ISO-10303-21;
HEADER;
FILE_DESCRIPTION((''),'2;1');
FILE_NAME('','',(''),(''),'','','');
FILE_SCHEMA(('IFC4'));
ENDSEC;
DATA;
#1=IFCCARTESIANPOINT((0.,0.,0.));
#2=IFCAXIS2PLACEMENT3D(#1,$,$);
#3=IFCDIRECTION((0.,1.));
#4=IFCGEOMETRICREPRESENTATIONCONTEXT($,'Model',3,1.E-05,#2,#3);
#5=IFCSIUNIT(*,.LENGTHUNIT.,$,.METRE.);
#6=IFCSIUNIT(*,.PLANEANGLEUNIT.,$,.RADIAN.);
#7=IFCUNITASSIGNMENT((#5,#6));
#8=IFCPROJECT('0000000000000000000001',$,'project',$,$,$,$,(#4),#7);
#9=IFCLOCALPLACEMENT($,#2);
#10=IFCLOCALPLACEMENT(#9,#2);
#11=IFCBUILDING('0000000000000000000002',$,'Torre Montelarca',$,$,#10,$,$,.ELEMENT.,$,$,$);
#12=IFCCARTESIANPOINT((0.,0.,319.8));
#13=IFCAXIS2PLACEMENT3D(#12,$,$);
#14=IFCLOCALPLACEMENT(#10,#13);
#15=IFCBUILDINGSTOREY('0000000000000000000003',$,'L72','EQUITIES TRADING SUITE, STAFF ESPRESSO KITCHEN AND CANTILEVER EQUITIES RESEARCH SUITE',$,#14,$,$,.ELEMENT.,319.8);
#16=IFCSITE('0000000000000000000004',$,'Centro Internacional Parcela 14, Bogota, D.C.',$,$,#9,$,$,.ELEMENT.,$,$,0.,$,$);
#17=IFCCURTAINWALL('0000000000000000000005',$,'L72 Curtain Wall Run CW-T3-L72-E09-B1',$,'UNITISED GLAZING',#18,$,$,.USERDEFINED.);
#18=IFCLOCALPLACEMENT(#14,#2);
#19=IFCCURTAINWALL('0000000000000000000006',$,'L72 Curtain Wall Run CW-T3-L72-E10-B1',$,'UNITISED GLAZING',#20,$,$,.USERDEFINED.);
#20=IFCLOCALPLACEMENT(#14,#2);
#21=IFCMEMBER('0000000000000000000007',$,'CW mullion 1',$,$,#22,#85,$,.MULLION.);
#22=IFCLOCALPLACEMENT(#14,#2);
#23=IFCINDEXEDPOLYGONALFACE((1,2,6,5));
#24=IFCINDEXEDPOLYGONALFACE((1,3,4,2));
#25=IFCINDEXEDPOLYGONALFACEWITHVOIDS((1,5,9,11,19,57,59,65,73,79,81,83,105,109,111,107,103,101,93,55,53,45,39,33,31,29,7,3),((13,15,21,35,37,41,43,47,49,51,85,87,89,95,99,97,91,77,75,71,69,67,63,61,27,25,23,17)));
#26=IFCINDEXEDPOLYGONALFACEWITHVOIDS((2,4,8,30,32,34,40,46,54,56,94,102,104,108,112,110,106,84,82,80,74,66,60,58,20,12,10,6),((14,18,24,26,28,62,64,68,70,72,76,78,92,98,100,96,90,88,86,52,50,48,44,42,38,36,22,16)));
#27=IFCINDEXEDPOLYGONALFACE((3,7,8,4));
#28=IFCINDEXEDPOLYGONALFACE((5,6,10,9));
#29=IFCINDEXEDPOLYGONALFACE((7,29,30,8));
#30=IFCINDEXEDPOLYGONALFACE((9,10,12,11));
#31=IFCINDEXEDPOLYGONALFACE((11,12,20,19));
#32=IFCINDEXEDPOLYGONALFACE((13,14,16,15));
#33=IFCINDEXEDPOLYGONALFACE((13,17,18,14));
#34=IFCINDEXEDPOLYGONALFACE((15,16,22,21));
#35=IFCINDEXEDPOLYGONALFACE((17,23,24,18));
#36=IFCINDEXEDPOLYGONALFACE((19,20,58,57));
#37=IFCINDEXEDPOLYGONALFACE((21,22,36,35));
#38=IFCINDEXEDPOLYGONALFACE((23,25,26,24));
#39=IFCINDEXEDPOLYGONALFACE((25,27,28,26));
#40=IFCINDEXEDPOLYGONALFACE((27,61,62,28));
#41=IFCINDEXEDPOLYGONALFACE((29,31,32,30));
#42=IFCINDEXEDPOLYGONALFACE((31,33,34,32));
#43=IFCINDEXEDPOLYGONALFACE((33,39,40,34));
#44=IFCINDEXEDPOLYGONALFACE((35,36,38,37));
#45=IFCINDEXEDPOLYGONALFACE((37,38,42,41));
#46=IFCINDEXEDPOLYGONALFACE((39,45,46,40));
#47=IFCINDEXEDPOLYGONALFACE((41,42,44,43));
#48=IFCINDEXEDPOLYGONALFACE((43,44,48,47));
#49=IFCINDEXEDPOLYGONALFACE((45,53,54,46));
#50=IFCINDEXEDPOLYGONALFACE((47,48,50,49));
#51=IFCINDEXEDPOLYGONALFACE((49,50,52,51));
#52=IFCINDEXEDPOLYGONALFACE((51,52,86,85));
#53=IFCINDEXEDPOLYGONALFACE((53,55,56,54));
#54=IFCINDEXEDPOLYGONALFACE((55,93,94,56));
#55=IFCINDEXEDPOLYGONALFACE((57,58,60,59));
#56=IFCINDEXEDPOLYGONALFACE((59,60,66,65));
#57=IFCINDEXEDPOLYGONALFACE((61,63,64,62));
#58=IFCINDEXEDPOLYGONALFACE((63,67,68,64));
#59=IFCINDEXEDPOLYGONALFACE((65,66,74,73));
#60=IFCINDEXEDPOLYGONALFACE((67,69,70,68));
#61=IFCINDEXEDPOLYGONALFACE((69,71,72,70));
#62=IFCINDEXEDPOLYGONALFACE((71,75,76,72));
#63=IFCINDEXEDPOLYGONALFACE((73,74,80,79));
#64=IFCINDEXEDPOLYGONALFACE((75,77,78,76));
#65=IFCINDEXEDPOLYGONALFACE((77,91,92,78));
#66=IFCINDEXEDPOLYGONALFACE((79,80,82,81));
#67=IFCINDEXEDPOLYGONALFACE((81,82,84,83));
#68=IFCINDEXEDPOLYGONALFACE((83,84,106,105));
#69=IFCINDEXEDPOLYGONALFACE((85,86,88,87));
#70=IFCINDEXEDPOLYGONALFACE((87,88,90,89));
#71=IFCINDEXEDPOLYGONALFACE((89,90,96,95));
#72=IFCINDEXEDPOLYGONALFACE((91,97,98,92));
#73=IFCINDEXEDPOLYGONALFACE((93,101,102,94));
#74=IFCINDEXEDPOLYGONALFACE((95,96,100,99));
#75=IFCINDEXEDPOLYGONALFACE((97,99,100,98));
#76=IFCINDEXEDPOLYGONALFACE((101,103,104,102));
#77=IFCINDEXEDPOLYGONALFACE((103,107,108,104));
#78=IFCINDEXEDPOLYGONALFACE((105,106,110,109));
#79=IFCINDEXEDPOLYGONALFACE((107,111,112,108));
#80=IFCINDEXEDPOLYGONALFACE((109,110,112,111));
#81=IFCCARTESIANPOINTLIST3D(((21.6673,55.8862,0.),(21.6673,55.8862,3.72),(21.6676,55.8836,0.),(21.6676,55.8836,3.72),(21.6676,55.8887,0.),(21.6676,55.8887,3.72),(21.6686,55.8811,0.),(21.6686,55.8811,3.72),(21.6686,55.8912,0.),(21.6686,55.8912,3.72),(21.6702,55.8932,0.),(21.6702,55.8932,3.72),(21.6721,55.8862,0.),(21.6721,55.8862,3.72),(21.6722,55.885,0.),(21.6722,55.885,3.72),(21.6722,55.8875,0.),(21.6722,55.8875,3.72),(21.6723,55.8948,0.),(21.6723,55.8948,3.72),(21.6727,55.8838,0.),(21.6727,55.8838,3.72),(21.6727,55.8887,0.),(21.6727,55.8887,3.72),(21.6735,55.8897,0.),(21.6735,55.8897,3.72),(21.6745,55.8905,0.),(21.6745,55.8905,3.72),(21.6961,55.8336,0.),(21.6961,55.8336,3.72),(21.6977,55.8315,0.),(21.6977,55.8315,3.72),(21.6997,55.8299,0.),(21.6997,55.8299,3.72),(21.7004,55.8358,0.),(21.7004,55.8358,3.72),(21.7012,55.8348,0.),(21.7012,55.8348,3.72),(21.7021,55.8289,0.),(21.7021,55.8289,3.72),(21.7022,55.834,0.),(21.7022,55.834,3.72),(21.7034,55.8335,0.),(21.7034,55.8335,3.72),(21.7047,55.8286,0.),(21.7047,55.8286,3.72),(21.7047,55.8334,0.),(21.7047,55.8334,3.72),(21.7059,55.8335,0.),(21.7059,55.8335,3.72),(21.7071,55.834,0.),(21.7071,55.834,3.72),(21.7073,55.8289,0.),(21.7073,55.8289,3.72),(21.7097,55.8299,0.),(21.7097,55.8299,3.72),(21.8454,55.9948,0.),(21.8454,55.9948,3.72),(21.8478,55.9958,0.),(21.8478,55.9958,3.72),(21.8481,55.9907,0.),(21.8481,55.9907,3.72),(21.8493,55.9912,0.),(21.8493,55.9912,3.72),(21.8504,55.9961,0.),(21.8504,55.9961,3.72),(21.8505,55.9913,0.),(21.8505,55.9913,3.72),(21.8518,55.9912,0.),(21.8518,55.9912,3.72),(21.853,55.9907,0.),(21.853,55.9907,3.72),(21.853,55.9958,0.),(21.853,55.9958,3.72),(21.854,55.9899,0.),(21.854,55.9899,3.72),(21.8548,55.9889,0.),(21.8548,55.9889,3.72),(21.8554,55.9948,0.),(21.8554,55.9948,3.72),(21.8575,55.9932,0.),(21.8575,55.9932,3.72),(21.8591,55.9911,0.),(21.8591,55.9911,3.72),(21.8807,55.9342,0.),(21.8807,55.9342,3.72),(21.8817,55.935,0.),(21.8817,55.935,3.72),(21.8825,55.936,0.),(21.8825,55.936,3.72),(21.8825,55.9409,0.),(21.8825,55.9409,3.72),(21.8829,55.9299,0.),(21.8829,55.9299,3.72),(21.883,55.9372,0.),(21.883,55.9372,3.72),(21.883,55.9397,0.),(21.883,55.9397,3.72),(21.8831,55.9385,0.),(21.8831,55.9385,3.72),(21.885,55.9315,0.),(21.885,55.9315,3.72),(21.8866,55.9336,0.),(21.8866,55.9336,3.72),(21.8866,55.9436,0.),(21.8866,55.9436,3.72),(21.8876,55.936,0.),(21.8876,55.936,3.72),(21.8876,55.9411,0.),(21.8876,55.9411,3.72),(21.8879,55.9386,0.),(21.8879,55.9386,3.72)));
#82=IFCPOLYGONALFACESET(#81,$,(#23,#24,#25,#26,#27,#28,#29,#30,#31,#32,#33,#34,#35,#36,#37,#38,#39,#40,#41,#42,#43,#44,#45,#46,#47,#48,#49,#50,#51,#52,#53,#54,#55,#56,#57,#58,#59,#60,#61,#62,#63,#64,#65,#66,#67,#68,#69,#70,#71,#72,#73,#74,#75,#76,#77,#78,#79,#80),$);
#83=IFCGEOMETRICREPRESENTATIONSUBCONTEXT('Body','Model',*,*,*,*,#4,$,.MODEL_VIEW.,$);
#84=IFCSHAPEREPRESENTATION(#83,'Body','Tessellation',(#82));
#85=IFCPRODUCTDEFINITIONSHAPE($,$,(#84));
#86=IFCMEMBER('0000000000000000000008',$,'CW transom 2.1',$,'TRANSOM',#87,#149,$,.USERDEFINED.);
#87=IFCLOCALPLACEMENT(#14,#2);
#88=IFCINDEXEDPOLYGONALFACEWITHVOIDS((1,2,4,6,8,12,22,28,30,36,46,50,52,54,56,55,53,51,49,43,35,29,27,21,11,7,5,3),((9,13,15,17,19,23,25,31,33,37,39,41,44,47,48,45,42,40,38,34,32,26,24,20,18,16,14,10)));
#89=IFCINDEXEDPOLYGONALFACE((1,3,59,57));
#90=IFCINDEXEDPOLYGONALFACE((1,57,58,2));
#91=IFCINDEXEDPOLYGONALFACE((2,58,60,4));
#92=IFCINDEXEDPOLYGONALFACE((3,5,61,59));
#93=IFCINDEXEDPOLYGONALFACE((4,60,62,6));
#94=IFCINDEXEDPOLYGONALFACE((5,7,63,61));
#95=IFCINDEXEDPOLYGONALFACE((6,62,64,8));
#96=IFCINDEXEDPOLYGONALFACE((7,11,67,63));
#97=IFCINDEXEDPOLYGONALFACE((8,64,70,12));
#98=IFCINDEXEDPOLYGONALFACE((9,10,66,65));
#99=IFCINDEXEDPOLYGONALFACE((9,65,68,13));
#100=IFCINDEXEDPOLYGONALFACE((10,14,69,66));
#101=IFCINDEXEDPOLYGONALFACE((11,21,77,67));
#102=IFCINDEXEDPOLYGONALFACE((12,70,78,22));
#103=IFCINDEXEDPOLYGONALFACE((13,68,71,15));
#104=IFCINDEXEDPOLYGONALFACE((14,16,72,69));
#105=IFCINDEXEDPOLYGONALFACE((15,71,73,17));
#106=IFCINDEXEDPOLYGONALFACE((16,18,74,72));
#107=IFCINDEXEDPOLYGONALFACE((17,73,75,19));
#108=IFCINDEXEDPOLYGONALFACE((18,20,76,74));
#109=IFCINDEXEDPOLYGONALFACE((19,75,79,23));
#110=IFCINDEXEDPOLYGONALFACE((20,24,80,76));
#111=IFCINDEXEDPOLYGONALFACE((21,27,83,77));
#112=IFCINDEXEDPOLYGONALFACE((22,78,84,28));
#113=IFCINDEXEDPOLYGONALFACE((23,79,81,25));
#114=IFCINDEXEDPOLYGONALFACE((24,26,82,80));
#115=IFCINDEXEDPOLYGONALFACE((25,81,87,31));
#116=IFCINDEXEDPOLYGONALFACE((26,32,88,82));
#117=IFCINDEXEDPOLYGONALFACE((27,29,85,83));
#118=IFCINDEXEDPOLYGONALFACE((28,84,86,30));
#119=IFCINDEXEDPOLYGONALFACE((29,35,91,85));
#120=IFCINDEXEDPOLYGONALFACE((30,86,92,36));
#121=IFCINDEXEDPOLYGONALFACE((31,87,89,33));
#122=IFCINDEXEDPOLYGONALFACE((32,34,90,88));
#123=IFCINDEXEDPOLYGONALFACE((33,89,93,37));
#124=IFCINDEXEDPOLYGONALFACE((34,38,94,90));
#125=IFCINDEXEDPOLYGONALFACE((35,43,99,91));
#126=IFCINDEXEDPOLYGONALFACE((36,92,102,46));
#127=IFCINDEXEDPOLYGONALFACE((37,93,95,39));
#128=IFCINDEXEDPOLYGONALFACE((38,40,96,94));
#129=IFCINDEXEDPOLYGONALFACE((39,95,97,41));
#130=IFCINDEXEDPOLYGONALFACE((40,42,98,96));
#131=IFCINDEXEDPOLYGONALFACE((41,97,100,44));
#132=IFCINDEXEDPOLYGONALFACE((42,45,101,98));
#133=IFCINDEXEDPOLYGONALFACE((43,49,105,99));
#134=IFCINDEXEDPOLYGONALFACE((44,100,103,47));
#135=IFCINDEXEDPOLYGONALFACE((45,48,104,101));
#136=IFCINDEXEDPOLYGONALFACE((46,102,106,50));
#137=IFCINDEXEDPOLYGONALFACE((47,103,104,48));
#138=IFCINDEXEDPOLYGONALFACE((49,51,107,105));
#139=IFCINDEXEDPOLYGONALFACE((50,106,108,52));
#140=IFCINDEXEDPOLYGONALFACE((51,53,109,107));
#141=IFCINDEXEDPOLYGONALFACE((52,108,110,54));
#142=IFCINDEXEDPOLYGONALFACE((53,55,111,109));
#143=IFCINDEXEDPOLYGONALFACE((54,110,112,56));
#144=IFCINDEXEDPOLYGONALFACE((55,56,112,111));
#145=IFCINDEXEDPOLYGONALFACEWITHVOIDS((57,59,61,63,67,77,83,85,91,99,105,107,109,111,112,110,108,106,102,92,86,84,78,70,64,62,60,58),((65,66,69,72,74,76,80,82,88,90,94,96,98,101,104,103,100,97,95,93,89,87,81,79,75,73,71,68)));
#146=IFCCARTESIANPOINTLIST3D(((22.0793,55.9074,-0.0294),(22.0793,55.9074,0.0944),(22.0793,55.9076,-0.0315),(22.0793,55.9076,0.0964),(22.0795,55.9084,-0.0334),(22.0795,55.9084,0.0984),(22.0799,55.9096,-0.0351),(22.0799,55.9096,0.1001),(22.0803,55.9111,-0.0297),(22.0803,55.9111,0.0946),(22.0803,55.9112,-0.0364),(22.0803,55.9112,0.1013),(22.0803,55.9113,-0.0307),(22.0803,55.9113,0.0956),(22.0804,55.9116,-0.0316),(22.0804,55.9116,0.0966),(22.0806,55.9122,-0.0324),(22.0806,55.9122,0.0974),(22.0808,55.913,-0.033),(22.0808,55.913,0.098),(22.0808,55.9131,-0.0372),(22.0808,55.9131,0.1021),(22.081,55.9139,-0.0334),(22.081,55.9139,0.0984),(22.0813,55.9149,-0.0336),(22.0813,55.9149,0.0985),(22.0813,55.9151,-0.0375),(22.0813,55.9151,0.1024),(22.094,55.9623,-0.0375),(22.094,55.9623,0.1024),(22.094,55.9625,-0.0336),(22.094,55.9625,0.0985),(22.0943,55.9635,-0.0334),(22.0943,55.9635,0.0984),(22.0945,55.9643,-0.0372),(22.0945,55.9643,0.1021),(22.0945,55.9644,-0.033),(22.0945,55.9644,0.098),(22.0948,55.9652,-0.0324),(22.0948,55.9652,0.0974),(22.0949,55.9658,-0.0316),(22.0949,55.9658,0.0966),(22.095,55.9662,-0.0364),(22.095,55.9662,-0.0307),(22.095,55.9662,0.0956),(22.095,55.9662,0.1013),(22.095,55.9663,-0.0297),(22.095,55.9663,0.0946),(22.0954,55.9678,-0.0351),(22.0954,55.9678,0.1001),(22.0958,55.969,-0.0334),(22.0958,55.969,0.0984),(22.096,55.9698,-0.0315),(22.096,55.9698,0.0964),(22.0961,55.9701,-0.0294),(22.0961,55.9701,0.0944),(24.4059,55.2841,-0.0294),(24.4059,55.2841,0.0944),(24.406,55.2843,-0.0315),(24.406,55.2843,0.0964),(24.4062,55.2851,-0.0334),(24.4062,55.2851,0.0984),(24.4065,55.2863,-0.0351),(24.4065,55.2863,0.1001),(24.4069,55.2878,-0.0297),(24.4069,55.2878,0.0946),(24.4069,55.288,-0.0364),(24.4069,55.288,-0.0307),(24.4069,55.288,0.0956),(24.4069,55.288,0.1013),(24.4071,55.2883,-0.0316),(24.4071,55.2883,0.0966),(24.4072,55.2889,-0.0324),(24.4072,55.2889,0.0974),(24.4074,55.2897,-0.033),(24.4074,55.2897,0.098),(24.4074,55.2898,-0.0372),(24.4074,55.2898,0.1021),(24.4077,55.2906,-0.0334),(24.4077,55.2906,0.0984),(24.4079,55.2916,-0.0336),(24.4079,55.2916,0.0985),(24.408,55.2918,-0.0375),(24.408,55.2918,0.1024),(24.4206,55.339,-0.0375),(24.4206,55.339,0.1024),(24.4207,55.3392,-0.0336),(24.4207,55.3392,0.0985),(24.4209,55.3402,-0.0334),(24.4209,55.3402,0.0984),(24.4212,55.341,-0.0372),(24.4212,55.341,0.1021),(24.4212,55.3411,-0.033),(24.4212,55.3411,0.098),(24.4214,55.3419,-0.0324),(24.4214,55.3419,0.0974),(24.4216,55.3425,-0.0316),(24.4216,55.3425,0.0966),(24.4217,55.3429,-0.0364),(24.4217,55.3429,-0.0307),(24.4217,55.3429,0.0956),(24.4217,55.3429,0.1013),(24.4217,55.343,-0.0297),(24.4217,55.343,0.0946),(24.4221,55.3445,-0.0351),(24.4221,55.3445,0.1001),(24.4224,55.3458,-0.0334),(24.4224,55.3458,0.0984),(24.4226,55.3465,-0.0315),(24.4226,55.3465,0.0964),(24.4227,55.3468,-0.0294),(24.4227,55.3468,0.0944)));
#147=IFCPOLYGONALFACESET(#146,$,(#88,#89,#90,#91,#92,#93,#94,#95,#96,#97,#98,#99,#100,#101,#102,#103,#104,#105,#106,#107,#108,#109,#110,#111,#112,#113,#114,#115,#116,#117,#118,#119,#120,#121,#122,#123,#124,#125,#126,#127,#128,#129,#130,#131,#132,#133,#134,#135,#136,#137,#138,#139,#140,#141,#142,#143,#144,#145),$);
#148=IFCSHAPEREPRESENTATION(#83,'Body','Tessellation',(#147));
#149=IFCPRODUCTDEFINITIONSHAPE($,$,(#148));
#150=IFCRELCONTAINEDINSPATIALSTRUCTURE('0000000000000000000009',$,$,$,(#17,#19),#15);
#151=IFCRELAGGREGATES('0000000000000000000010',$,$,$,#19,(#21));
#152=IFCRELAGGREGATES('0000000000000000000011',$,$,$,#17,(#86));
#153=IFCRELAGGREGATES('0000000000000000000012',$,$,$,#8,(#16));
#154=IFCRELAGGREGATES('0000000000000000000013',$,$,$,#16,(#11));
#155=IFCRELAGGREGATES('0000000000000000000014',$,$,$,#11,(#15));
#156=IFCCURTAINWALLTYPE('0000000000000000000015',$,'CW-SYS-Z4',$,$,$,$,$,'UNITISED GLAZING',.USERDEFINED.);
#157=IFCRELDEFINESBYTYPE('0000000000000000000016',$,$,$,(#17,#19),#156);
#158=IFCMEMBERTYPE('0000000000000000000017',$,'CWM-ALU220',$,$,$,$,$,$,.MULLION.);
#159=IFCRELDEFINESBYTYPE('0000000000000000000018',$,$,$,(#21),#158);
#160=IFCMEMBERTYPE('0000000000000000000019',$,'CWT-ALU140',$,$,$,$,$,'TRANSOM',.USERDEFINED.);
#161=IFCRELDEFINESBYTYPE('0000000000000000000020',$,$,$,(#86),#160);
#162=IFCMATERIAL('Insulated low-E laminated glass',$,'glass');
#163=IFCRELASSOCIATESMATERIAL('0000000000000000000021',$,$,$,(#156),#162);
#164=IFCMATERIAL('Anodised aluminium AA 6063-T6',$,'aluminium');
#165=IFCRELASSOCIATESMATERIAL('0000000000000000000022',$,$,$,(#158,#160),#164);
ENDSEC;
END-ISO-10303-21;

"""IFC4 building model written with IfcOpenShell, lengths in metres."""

from ifc_helpers import new_model, si_unit, direction, frame, origin, origin_2d, place, context, subcontext, project, spatial, hollow_rectangle, extrude, source, transform, mapped, material, material_profile, profile_set, type_object, element, aggregate, save


model = new_model("IFC4")

# Units and contexts
model_context = context("Model", 3, precision=1e-05, world=origin(), true_north=direction((0.0, 1.0)))
body_context = subcontext(model_context, "Body", "Model", "MODEL_VIEW")
ifc_project = project(units=[si_unit("LENGTHUNIT", "METRE"), si_unit("PLANEANGLEUNIT", "RADIAN")], contexts=[model_context])

# Site, building, storey
site_placement = place(None, origin())
site = spatial("IfcSite", under=ifc_project, at=site_placement, Name="Centro Internacional Parcela 14, Bogota, D.C.", CompositionType="ELEMENT", RefElevation=0.0)
building_placement = place(site_placement, origin())
building = spatial("IfcBuilding", under=site, at=building_placement, Name="Torre Montelarca", CompositionType="ELEMENT")
storey_placement = place(building_placement, frame((0.0, 0.0, 319.8)))
storey = spatial("IfcBuildingStorey", under=building, at=storey_placement, Name="L72", Description="EQUITIES TRADING SUITE, STAFF ESPRESSO KITCHEN AND CANTILEVER EQUITIES RESEARCH SUITE", CompositionType="ELEMENT", Elevation=319.8)

# Curtain wall
ifc_material_1 = material(Name="Insulated low-E laminated glass", Category="glass")
curtain_wall_type = type_object("IfcCurtainWallType", Name="CW-SYS-Z4", ElementType="UNITISED GLAZING", PredefinedType="USERDEFINED", material=ifc_material_1)
ifc_material_2 = material(Name="Anodised aluminium AA 6063-T6", Category="aluminium")
ifc_material_profile_1 = material_profile(ifc_material_2, hollow_rectangle(XDim=0.075, YDim=0.22, WallThickness=0.0049, InnerFilletRadius=0.0049, OuterFilletRadius=0.01, at=origin_2d()), Name="ALU75X220X5", Category="aluminium")
ifc_profile_set_1 = profile_set([ifc_material_profile_1], Name="Anodised aluminium AA 6063-T6")
member_type_1 = type_object("IfcMemberType", Name="CWM-ALU220", PredefinedType="MULLION", material=ifc_profile_set_1)
shared_shape_1 = source(origin(), body_context, "Body", "SweptSolid", [
    extrude(hollow_rectangle(XDim=0.075, YDim=0.22, WallThickness=0.0049, InnerFilletRadius=0.0049, OuterFilletRadius=0.01, at=origin_2d()), origin(), (0.0, 0.0, 1.0), 3.72),
])
curtain_wall_1_placement = place(storey_placement, origin())
curtain_wall_1 = element("IfcCurtainWall", 1, at=curtain_wall_1_placement, inside=storey, type_object=curtain_wall_type, Name="L72 Curtain Wall Run CW-T3-L72-E09-B1", ObjectType="UNITISED GLAZING", PredefinedType="USERDEFINED")

# Curtain wall, member
curtain_wall_2_placement = place(storey_placement, origin())
curtain_wall_2 = element("IfcCurtainWall", 2, at=curtain_wall_2_placement, inside=storey, type_object=curtain_wall_type, Name="L72 Curtain Wall Run CW-T3-L72-E10-B1", ObjectType="UNITISED GLAZING", PredefinedType="USERDEFINED")
member_1_placement = place(storey_placement, frame((21.7776, 55.9124, 0.0), z_axis=(0.0, 0.0, 1.0), x_axis=(0.5, -0.866025, 0.0)))
member_1 = element("IfcMember", 3, at=member_1_placement, type_object=member_type_1, Name="CW mullion 1", PredefinedType="MULLION", context=body_context, shape_type="MappedRepresentation", body=[
    mapped(shared_shape_1, transform((0.0, 0.0, 0.0), scale=1.0)),
])

# Member
ifc_material_profile_2 = material_profile(ifc_material_2, hollow_rectangle(XDim=0.0649, YDim=0.1399, WallThickness=0.0039, InnerFilletRadius=0.0039, OuterFilletRadius=0.0081, at=origin_2d()), Name="ALU65X140X4", Category="aluminium")
ifc_profile_set_2 = profile_set([ifc_material_profile_2], Name="Anodised aluminium AA 6063-T6")
member_type_2 = type_object("IfcMemberType", Name="CWT-ALU140", ElementType="TRANSOM", PredefinedType="USERDEFINED", material=ifc_profile_set_2)
shared_shape_2 = source(origin(), body_context, "Body", "SweptSolid", [
    extrude(hollow_rectangle(XDim=0.0649, YDim=0.1399, WallThickness=0.0039, InnerFilletRadius=0.0039, OuterFilletRadius=0.0081, at=origin_2d()), origin(), (0.0, 0.0, 1.0), 2.4087),
])
member_2_placement = place(storey_placement, frame((24.4143, 55.3154, 0.0325), z_axis=(-0.96594, 0.258766, 0.0), x_axis=(-0.258766, -0.96594, 0.0)))
member_2 = element("IfcMember", 4, at=member_2_placement, type_object=member_type_2, Name="CW transom 2.1", ObjectType="TRANSOM", PredefinedType="USERDEFINED", context=body_context, shape_type="MappedRepresentation", body=[
    mapped(shared_shape_2, transform((0.0, 0.0, 0.0), scale=1.0)),
])
aggregate(curtain_wall_2, [member_1])

aggregate(curtain_wall_1, [member_2])

save(model, "model.ifc")
